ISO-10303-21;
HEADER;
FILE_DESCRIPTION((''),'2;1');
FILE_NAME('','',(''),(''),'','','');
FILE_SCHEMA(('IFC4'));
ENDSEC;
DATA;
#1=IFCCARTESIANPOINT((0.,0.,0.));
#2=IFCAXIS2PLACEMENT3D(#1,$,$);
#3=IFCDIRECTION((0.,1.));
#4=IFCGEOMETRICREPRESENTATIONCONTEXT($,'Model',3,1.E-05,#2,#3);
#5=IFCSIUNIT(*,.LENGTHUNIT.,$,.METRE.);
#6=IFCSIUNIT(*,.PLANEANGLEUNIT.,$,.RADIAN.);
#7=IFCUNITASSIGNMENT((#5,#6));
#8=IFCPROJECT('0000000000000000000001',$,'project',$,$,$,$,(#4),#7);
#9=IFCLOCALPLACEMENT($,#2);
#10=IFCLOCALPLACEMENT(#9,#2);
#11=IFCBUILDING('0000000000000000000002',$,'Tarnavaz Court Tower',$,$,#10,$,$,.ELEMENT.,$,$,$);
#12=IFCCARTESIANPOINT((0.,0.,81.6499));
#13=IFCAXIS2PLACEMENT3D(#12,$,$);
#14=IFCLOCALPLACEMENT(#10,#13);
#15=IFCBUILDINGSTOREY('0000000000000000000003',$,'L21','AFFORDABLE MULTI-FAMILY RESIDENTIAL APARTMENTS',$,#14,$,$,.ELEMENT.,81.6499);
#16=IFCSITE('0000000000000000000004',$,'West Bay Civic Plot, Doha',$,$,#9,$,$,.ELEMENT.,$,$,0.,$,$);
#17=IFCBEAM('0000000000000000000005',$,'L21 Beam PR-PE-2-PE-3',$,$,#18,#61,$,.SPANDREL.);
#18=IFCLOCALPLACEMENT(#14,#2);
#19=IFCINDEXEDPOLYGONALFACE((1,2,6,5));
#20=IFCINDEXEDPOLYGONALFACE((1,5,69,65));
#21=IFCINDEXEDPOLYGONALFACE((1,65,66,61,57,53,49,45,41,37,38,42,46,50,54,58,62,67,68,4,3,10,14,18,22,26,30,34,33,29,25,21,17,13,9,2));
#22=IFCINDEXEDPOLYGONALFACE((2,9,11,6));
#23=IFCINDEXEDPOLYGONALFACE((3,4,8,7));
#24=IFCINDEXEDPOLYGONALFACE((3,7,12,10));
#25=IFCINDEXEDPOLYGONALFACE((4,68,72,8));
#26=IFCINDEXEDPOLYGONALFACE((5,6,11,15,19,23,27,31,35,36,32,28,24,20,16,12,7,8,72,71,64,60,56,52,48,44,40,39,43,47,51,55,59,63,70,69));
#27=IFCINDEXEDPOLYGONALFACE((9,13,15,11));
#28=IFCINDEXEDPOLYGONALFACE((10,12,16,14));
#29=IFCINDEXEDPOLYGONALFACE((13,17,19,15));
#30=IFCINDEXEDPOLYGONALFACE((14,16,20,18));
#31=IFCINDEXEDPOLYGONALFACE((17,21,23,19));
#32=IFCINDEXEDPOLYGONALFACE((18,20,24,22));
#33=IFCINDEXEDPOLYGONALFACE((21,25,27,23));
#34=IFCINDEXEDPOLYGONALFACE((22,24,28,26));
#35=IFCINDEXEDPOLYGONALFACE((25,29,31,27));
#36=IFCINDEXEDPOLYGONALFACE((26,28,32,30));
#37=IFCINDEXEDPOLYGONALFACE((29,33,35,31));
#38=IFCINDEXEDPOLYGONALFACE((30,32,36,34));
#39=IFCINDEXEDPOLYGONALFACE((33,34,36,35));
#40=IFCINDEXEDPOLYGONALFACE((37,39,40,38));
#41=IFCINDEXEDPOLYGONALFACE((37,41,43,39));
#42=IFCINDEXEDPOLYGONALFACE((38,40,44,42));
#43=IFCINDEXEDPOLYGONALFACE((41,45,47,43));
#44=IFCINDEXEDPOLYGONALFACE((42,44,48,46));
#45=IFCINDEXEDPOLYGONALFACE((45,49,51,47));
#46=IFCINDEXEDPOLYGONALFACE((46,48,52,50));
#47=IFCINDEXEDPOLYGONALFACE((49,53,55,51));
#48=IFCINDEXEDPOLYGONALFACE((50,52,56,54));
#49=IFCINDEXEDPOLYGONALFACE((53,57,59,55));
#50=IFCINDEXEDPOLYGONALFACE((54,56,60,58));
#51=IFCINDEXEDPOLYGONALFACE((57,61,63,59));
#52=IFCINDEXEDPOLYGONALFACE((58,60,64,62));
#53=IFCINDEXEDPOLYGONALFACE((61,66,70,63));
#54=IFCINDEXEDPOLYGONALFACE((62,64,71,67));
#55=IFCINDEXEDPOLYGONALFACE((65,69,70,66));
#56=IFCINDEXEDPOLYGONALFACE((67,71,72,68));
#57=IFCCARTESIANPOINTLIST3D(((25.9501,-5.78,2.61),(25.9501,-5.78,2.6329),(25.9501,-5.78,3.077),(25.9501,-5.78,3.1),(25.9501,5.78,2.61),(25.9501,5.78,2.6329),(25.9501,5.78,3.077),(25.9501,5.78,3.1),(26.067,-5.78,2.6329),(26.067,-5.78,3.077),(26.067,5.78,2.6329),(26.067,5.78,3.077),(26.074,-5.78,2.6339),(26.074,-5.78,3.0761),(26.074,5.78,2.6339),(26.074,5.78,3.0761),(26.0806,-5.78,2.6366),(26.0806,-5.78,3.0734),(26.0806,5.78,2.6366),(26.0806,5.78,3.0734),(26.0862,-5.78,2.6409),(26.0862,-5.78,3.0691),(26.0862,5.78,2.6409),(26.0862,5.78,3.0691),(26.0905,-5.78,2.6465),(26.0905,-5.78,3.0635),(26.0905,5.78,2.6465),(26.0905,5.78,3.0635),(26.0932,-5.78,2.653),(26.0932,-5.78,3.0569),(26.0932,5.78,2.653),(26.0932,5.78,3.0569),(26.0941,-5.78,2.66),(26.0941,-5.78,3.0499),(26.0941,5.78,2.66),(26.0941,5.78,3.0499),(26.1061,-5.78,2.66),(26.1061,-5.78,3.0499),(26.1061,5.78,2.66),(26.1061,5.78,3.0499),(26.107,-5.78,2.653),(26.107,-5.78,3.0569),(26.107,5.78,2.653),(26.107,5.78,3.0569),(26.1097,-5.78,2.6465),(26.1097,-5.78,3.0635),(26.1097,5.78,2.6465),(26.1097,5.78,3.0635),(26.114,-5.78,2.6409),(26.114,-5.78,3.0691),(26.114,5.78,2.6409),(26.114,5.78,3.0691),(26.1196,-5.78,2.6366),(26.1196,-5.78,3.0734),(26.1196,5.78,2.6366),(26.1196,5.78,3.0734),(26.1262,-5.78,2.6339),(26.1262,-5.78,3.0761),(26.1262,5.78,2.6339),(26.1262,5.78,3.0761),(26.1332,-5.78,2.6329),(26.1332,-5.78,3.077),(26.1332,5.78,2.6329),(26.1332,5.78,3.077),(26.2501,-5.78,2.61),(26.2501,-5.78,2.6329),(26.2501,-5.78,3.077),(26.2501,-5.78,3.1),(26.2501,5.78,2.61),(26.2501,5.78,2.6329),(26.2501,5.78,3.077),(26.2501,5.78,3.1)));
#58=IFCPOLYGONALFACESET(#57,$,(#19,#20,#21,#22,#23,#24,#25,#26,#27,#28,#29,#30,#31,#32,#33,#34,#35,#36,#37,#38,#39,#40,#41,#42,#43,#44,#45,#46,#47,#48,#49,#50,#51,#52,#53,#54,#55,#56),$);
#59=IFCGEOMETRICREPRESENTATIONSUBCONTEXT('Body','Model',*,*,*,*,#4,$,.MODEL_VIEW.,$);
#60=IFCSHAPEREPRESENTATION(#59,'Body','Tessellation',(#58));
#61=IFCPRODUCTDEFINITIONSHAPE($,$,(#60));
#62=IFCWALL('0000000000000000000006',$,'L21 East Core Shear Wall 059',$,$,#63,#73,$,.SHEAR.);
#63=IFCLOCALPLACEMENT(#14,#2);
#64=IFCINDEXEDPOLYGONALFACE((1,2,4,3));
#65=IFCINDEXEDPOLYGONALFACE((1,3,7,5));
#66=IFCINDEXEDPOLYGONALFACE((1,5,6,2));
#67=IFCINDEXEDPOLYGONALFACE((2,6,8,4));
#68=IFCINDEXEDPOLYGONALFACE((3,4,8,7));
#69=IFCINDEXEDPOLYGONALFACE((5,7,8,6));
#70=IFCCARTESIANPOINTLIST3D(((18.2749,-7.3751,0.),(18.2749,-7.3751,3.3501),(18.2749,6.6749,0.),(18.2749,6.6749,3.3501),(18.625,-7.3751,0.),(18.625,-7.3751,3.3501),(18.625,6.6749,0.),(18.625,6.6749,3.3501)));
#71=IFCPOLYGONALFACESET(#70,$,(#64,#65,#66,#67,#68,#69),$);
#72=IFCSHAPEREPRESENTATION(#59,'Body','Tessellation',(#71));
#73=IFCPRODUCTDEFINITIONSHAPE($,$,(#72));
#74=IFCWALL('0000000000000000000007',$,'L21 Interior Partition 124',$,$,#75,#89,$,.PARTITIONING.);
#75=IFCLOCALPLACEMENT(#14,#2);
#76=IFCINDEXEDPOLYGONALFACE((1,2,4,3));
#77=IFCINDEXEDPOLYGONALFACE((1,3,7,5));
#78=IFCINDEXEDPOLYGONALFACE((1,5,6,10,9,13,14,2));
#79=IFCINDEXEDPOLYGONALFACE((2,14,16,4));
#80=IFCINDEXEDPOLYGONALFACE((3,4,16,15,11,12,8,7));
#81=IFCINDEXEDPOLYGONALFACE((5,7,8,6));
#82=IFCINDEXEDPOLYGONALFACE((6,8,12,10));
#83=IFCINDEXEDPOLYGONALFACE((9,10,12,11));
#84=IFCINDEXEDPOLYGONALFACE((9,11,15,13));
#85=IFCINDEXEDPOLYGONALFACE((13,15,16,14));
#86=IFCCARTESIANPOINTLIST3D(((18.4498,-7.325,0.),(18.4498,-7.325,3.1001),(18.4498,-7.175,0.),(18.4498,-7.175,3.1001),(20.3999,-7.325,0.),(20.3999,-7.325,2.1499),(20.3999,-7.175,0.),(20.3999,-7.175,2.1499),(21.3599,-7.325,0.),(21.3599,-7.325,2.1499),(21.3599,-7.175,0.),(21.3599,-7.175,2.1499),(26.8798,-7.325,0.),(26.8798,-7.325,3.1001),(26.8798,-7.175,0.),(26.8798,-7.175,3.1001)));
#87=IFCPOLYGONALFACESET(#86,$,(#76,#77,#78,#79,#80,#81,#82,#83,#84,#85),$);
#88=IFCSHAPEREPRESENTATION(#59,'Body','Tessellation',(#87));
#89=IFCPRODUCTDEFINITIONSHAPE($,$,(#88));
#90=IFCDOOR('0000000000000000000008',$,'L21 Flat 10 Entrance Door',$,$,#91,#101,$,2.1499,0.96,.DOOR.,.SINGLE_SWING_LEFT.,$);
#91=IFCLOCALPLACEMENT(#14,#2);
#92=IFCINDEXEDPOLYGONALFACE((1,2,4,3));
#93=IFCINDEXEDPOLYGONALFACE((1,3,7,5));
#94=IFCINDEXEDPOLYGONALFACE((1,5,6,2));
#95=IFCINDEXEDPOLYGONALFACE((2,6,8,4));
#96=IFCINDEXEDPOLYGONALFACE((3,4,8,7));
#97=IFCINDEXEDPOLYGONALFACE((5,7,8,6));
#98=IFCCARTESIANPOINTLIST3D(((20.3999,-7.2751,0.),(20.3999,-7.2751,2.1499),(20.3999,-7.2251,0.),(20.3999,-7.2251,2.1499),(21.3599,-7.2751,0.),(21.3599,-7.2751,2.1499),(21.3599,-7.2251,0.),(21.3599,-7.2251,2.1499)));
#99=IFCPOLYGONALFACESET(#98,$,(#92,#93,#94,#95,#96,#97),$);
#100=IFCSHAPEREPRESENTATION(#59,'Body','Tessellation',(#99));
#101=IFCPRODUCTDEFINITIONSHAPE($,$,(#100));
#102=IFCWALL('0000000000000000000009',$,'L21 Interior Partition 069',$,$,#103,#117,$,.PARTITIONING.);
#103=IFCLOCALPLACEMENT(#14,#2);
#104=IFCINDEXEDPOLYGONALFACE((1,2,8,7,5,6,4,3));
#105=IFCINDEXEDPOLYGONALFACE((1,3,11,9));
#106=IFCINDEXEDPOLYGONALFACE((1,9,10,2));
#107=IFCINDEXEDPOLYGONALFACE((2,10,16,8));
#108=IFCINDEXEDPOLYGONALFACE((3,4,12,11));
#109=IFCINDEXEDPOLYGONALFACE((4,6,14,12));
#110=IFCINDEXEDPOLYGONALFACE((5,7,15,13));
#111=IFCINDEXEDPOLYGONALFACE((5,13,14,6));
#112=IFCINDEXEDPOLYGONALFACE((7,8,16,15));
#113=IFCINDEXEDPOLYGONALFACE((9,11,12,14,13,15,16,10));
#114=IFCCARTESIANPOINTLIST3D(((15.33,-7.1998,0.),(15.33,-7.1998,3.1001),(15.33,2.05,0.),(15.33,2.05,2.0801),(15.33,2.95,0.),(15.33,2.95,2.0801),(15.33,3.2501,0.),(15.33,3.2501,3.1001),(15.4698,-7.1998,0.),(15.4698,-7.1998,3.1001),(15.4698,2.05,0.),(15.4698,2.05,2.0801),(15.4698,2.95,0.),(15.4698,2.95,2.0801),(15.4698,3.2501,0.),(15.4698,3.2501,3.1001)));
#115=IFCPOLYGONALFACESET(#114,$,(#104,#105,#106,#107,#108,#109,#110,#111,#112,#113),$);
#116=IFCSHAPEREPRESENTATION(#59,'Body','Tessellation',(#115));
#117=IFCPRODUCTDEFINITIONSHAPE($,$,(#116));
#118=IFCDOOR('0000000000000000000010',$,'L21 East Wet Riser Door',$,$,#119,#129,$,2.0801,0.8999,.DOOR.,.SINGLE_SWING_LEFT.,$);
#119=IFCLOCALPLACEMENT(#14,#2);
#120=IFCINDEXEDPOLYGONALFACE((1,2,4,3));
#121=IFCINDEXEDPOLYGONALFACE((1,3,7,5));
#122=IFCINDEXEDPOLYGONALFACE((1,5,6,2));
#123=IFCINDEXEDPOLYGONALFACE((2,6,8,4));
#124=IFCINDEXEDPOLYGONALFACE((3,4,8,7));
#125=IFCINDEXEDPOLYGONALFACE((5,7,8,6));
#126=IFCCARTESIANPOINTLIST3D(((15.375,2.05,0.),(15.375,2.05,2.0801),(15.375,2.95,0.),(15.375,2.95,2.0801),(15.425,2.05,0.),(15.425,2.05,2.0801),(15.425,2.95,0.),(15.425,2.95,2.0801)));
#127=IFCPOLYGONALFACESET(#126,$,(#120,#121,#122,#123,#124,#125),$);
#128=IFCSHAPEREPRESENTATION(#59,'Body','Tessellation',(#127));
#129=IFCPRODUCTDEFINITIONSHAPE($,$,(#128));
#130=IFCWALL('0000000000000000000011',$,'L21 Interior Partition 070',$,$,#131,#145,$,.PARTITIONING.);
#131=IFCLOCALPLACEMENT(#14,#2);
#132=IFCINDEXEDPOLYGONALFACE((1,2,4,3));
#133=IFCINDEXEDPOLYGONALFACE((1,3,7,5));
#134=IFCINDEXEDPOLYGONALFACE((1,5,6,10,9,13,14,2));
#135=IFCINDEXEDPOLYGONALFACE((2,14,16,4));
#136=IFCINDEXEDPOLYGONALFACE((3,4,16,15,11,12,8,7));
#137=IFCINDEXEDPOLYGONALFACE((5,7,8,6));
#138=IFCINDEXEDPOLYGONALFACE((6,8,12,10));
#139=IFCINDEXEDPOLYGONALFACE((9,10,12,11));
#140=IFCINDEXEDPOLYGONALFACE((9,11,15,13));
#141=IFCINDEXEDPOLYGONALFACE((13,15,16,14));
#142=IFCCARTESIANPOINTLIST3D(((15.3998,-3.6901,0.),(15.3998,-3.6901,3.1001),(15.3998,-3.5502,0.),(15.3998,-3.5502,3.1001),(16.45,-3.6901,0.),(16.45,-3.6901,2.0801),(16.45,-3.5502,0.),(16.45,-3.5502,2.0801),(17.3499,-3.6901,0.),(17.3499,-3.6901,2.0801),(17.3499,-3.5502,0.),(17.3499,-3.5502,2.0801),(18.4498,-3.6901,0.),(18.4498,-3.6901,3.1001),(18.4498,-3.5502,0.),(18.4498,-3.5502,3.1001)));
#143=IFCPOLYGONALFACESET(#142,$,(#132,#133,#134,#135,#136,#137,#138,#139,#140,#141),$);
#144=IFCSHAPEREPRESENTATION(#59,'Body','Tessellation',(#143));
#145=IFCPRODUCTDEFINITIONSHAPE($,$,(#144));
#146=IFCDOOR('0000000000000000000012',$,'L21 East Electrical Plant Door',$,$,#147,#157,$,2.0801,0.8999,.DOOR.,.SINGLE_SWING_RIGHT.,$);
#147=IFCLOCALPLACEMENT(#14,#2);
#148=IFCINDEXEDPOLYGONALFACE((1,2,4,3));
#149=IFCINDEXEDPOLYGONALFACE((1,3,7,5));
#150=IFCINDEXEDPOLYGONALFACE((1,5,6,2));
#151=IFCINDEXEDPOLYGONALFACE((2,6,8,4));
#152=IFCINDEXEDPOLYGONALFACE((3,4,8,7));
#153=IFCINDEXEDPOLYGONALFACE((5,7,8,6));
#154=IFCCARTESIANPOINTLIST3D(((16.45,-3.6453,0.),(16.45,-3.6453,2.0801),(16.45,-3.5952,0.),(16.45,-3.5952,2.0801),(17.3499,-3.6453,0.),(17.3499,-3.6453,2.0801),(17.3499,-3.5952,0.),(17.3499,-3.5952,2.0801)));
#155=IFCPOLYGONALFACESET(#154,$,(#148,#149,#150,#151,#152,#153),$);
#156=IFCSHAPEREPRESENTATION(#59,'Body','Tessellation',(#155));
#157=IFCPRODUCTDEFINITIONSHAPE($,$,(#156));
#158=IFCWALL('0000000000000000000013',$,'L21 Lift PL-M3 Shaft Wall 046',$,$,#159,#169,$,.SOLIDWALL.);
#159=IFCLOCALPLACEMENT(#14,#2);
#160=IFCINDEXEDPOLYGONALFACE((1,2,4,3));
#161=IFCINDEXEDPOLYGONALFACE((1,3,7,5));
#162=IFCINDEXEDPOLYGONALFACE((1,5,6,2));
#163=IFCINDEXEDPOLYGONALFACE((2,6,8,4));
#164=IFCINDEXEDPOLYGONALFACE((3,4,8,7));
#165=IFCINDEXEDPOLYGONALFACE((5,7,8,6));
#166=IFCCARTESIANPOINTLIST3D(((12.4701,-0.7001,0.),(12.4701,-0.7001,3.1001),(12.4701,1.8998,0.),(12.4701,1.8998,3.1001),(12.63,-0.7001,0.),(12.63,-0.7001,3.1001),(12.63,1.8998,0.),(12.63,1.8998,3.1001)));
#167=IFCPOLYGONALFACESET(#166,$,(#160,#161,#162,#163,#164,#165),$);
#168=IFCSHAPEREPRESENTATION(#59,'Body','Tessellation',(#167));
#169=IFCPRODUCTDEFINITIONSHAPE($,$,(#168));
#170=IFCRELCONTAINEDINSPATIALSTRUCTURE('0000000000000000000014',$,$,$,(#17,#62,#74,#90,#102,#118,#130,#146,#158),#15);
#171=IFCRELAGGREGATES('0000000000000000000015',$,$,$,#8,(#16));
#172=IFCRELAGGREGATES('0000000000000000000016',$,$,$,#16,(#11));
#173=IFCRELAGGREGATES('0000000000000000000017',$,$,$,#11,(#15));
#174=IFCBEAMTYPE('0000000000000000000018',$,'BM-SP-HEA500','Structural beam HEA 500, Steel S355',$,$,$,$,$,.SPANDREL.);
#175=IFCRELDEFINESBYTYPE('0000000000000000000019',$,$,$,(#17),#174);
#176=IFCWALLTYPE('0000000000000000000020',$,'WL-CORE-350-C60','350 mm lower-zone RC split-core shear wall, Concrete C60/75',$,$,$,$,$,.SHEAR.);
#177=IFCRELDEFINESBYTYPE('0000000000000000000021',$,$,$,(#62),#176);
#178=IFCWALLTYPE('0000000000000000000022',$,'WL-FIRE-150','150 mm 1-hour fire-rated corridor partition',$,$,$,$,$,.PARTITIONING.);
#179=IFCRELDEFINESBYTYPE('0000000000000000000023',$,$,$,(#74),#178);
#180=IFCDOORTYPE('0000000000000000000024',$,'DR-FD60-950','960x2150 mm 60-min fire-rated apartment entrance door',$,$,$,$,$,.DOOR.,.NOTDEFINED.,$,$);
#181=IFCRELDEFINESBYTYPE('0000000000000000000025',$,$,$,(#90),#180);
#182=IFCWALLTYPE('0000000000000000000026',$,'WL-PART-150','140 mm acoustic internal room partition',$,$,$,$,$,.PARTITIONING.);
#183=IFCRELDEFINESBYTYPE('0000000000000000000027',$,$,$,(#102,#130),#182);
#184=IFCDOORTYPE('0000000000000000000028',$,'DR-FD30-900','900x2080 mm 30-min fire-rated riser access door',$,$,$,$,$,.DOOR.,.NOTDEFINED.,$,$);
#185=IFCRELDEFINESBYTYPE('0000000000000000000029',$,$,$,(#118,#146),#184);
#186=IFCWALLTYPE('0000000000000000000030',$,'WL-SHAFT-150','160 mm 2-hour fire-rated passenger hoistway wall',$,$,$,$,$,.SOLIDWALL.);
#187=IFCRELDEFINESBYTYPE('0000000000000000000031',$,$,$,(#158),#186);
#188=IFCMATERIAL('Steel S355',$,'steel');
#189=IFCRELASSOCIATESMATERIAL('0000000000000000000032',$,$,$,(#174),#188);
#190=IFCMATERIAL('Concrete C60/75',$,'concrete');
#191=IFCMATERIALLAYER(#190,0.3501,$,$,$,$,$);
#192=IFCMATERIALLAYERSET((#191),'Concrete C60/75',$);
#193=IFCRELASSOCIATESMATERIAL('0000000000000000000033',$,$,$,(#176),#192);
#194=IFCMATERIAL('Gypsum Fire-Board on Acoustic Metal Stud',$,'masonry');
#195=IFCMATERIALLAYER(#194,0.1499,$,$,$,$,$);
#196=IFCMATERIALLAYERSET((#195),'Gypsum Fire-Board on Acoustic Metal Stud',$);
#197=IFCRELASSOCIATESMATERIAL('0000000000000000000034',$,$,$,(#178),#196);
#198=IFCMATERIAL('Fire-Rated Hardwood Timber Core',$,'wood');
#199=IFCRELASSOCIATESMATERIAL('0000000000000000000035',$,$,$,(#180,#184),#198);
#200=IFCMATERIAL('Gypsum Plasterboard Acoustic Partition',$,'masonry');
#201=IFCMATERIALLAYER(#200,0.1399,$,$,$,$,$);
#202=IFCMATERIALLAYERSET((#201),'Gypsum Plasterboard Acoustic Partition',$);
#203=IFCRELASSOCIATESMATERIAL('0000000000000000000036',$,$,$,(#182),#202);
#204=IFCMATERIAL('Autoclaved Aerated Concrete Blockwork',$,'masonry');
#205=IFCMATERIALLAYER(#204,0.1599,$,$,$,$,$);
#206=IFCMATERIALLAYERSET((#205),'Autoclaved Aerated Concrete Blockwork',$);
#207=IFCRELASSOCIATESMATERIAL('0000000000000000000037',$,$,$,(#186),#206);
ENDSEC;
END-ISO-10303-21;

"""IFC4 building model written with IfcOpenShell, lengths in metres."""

from ifc_helpers import new_model, si_unit, direction, frame, frame_2d, origin, origin_2d, place, context, subcontext, project, spatial, rectangle, i_section, extrude, material, layer, layer_set, material_profile, profile_set, type_object, element, fill, save


model = new_model("IFC4")

# Units and contexts
model_context = context("Model", 3, precision=1e-05, world=origin(), true_north=direction((0.0, 1.0)))
body_context = subcontext(model_context, "Body", "Model", "MODEL_VIEW")
ifc_project = project(units=[si_unit("LENGTHUNIT", "METRE"), si_unit("PLANEANGLEUNIT", "RADIAN")], contexts=[model_context])

# Site, building, storey
site_placement = place(None, origin())
site = spatial("IfcSite", under=ifc_project, at=site_placement, Name="West Bay Civic Plot, Doha", CompositionType="ELEMENT", RefElevation=0.0)
building_placement = place(site_placement, origin())
building = spatial("IfcBuilding", under=site, at=building_placement, Name="Tarnavaz Court Tower", CompositionType="ELEMENT")
storey_placement = place(building_placement, frame((0.0, 0.0, 81.6499)))
storey = spatial("IfcBuildingStorey", under=building, at=storey_placement, Name="L21", Description="AFFORDABLE MULTI-FAMILY RESIDENTIAL APARTMENTS", CompositionType="ELEMENT", Elevation=81.6499)

# Shared definitions
ifc_material_1 = material(Name="Concrete C60/75", Category="concrete")

# Beam
ifc_material_2 = material(Name="Steel S355", Category="steel")
ifc_material_profile_1 = material_profile(ifc_material_2, i_section(OverallWidth=0.3, OverallDepth=0.49, WebThickness=0.012, FlangeThickness=0.0229, FilletRadius=0.0271, at=origin_2d()), Name="HEA 500")
ifc_profile_set_1 = profile_set([ifc_material_profile_1], Name="Steel S355")
beam_type_1 = type_object("IfcBeamType", Name="BM-SP-HEA500", Description="Structural beam HEA 500, Steel S355", PredefinedType="SPANDREL", material=ifc_profile_set_1)
beam_1_placement = place(storey_placement, frame((26.1001, -5.78, 2.855), z_axis=(0.0, 1.0, 0.0), x_axis=(-1.0, 0.0, 0.0)))
element("IfcBeam", 1, at=beam_1_placement, inside=storey, type_object=beam_type_1, Name="L21 Beam PR-PE-2-PE-3", PredefinedType="SPANDREL", context=body_context, shape_type="SweptSolid", body=[
    extrude(i_section(OverallWidth=0.3, OverallDepth=0.49, WebThickness=0.012, FlangeThickness=0.0229, FilletRadius=0.0271, at=origin_2d()), origin(), (0.0, 0.0, 1.0), 11.5601),
])

# Wall
ifc_layer_1 = layer(ifc_material_1, 0.3501)
ifc_layer_set_1 = layer_set([ifc_layer_1], Name="Concrete C60/75")
wall_type_1 = type_object("IfcWallType", Name="WL-CORE-350-C60", Description="350 mm lower-zone RC split-core shear wall, Concrete C60/75", PredefinedType="SHEAR", material=ifc_layer_set_1)
wall_1_placement = place(storey_placement, frame((18.45, -7.375, 0.0), z_axis=(0.0, 0.0, 1.0), x_axis=(0.0, 1.0, 0.0)))
element("IfcWall", 2, at=wall_1_placement, inside=storey, type_object=wall_type_1, Name="L21 East Core Shear Wall 059", PredefinedType="SHEAR", context=body_context, shape_type="SweptSolid", body=[
    extrude(rectangle(XDim=14.05, YDim=0.3501, at=frame_2d((7.0249, 0.0))), origin(), (0.0, 0.0, 1.0), 3.3501),
])

# Walls, openings, doors
ifc_material_3 = material(Name="Gypsum Fire-Board on Acoustic Metal Stud", Category="masonry")
ifc_layer_2 = layer(ifc_material_3, 0.1499)
ifc_layer_set_2 = layer_set([ifc_layer_2], Name="Gypsum Fire-Board on Acoustic Metal Stud")
wall_type_2 = type_object("IfcWallType", Name="WL-FIRE-150", Description="150 mm 1-hour fire-rated corridor partition", PredefinedType="PARTITIONING", material=ifc_layer_set_2)
wall_2_placement = place(storey_placement, frame((18.45, -7.25, 0.0), z_axis=(0.0, 0.0, 1.0), x_axis=(1.0, 0.0, 0.0)))
wall_2 = element("IfcWall", 3, at=wall_2_placement, inside=storey, type_object=wall_type_2, Name="L21 Interior Partition 124", PredefinedType="PARTITIONING", context=body_context, shape_type="SweptSolid", body=[
    extrude(rectangle(XDim=8.4299, YDim=0.1499, at=frame_2d((4.2148, 0.0))), origin(), (0.0, 0.0, 1.0), 3.1001),
])
opening_1_placement = place(wall_2_placement, frame((1.95, 0.0, 0.0)))
opening_1 = element("IfcOpeningElement", 4, at=opening_1_placement, cuts=wall_2, PredefinedType="OPENING", context=body_context, shape_type="SweptSolid", body=[
    extrude(rectangle(XDim=0.96, YDim=2.1499, at=frame_2d((0.48, 1.075))), frame((0.0, 0.085, 0.0), z_axis=(0.0, -1.0, 0.0), x_axis=(1.0, 0.0, 0.0)), (0.0, 0.0, 1.0), 0.1699),
])
ifc_material_4 = material(Name="Fire-Rated Hardwood Timber Core", Category="wood")
door_type_1 = type_object("IfcDoorType", Name="DR-FD60-950", Description="960x2150 mm 60-min fire-rated apartment entrance door", OperationType="NOTDEFINED", PredefinedType="DOOR", material=ifc_material_4)
door_1_placement = place(opening_1_placement, origin())
door_1 = element("IfcDoor", 5, at=door_1_placement, inside=storey, type_object=door_type_1, Name="L21 Flat 10 Entrance Door", OperationType="SINGLE_SWING_LEFT", OverallHeight=2.1499, OverallWidth=0.96, PredefinedType="DOOR", context=body_context, shape_type="SweptSolid", body=[
    extrude(rectangle(XDim=0.96, YDim=2.1499, at=frame_2d((0.48, 1.075))), frame((0.0, 0.0249, 0.0), z_axis=(0.0, -1.0, 0.0), x_axis=(1.0, 0.0, 0.0)), (0.0, 0.0, 1.0), 0.05),
])
fill(opening_1, door_1)
ifc_material_5 = material(Name="Gypsum Plasterboard Acoustic Partition", Category="masonry")
ifc_layer_3 = layer(ifc_material_5, 0.1399)
ifc_layer_set_3 = layer_set([ifc_layer_3], Name="Gypsum Plasterboard Acoustic Partition")
wall_type_3 = type_object("IfcWallType", Name="WL-PART-150", Description="140 mm acoustic internal room partition", PredefinedType="PARTITIONING", material=ifc_layer_set_3)
wall_3_placement = place(storey_placement, frame((15.3999, -7.2, 0.0), z_axis=(0.0, 0.0, 1.0), x_axis=(0.0, 1.0, 0.0)))
wall_3 = element("IfcWall", 6, at=wall_3_placement, inside=storey, type_object=wall_type_3, Name="L21 Interior Partition 069", PredefinedType="PARTITIONING", context=body_context, shape_type="SweptSolid", body=[
    extrude(rectangle(XDim=10.45, YDim=0.1399, at=frame_2d((5.2251, 0.0))), origin(), (0.0, 0.0, 1.0), 3.1001),
])
opening_2_placement = place(wall_3_placement, frame((9.25, 0.0, 0.0)))
opening_2 = element("IfcOpeningElement", 7, at=opening_2_placement, cuts=wall_3, PredefinedType="OPENING", context=body_context, shape_type="SweptSolid", body=[
    extrude(rectangle(XDim=0.8999, YDim=2.0801, at=frame_2d((0.45, 1.04))), frame((0.0, 0.0798, 0.0), z_axis=(0.0, -1.0, 0.0), x_axis=(1.0, 0.0, 0.0)), (0.0, 0.0, 1.0), 0.1599),
])
door_type_2 = type_object("IfcDoorType", Name="DR-FD30-900", Description="900x2080 mm 30-min fire-rated riser access door", OperationType="NOTDEFINED", PredefinedType="DOOR", material=ifc_material_4)
door_2_placement = place(opening_2_placement, origin())
door_2 = element("IfcDoor", 8, at=door_2_placement, inside=storey, type_object=door_type_2, Name="L21 East Wet Riser Door", OperationType="SINGLE_SWING_LEFT", OverallHeight=2.0801, OverallWidth=0.8999, PredefinedType="DOOR", context=body_context, shape_type="SweptSolid", body=[
    extrude(rectangle(XDim=0.8999, YDim=2.0801, at=frame_2d((0.45, 1.04))), frame((0.0, 0.0249, 0.0), z_axis=(0.0, -1.0, 0.0), x_axis=(1.0, 0.0, 0.0)), (0.0, 0.0, 1.0), 0.05),
])
fill(opening_2, door_2)
wall_4_placement = place(storey_placement, frame((15.3999, -3.6201, 0.0), z_axis=(0.0, 0.0, 1.0), x_axis=(1.0, 0.0, 0.0)))
wall_4 = element("IfcWall", 9, at=wall_4_placement, inside=storey, type_object=wall_type_3, Name="L21 Interior Partition 070", PredefinedType="PARTITIONING", context=body_context, shape_type="SweptSolid", body=[
    extrude(rectangle(XDim=3.05, YDim=0.1399, at=frame_2d((1.5249, 0.0))), origin(), (0.0, 0.0, 1.0), 3.1001),
])
opening_3_placement = place(wall_4_placement, frame((1.05, 0.0, 0.0)))
opening_3 = element("IfcOpeningElement", 10, at=opening_3_placement, cuts=wall_4, PredefinedType="OPENING", context=body_context, shape_type="SweptSolid", body=[
    extrude(rectangle(XDim=0.8999, YDim=2.0801, at=frame_2d((0.45, 1.04))), frame((0.0, 0.0798, 0.0), z_axis=(0.0, -1.0, 0.0), x_axis=(1.0, 0.0, 0.0)), (0.0, 0.0, 1.0), 0.1599),
])
door_3_placement = place(opening_3_placement, origin())
door_3 = element("IfcDoor", 11, at=door_3_placement, inside=storey, type_object=door_type_2, Name="L21 East Electrical Plant Door", OperationType="SINGLE_SWING_RIGHT", OverallHeight=2.0801, OverallWidth=0.8999, PredefinedType="DOOR", context=body_context, shape_type="SweptSolid", body=[
    extrude(rectangle(XDim=0.8999, YDim=2.0801, at=frame_2d((0.45, 1.04))), frame((0.0, 0.0249, 0.0), z_axis=(0.0, -1.0, 0.0), x_axis=(1.0, 0.0, 0.0)), (0.0, 0.0, 1.0), 0.05),
])
fill(opening_3, door_3)

# Wall
ifc_material_6 = material(Name="Autoclaved Aerated Concrete Blockwork", Category="masonry")
ifc_layer_4 = layer(ifc_material_6, 0.1599)
ifc_layer_set_4 = layer_set([ifc_layer_4], Name="Autoclaved Aerated Concrete Blockwork")
wall_type_4 = type_object("IfcWallType", Name="WL-SHAFT-150", Description="160 mm 2-hour fire-rated passenger hoistway wall", PredefinedType="SOLIDWALL", material=ifc_layer_set_4)
wall_5_placement = place(storey_placement, frame((12.55, -0.7, 0.0), z_axis=(0.0, 0.0, 1.0), x_axis=(0.0, 1.0, 0.0)))
element("IfcWall", 12, at=wall_5_placement, inside=storey, type_object=wall_type_4, Name="L21 Lift PL-M3 Shaft Wall 046", PredefinedType="SOLIDWALL", context=body_context, shape_type="SweptSolid", body=[
    extrude(rectangle(XDim=2.5999, YDim=0.1599, at=frame_2d((1.2998, 0.0))), origin(), (0.0, 0.0, 1.0), 3.1001),
])

save(model, "model.ifc")
